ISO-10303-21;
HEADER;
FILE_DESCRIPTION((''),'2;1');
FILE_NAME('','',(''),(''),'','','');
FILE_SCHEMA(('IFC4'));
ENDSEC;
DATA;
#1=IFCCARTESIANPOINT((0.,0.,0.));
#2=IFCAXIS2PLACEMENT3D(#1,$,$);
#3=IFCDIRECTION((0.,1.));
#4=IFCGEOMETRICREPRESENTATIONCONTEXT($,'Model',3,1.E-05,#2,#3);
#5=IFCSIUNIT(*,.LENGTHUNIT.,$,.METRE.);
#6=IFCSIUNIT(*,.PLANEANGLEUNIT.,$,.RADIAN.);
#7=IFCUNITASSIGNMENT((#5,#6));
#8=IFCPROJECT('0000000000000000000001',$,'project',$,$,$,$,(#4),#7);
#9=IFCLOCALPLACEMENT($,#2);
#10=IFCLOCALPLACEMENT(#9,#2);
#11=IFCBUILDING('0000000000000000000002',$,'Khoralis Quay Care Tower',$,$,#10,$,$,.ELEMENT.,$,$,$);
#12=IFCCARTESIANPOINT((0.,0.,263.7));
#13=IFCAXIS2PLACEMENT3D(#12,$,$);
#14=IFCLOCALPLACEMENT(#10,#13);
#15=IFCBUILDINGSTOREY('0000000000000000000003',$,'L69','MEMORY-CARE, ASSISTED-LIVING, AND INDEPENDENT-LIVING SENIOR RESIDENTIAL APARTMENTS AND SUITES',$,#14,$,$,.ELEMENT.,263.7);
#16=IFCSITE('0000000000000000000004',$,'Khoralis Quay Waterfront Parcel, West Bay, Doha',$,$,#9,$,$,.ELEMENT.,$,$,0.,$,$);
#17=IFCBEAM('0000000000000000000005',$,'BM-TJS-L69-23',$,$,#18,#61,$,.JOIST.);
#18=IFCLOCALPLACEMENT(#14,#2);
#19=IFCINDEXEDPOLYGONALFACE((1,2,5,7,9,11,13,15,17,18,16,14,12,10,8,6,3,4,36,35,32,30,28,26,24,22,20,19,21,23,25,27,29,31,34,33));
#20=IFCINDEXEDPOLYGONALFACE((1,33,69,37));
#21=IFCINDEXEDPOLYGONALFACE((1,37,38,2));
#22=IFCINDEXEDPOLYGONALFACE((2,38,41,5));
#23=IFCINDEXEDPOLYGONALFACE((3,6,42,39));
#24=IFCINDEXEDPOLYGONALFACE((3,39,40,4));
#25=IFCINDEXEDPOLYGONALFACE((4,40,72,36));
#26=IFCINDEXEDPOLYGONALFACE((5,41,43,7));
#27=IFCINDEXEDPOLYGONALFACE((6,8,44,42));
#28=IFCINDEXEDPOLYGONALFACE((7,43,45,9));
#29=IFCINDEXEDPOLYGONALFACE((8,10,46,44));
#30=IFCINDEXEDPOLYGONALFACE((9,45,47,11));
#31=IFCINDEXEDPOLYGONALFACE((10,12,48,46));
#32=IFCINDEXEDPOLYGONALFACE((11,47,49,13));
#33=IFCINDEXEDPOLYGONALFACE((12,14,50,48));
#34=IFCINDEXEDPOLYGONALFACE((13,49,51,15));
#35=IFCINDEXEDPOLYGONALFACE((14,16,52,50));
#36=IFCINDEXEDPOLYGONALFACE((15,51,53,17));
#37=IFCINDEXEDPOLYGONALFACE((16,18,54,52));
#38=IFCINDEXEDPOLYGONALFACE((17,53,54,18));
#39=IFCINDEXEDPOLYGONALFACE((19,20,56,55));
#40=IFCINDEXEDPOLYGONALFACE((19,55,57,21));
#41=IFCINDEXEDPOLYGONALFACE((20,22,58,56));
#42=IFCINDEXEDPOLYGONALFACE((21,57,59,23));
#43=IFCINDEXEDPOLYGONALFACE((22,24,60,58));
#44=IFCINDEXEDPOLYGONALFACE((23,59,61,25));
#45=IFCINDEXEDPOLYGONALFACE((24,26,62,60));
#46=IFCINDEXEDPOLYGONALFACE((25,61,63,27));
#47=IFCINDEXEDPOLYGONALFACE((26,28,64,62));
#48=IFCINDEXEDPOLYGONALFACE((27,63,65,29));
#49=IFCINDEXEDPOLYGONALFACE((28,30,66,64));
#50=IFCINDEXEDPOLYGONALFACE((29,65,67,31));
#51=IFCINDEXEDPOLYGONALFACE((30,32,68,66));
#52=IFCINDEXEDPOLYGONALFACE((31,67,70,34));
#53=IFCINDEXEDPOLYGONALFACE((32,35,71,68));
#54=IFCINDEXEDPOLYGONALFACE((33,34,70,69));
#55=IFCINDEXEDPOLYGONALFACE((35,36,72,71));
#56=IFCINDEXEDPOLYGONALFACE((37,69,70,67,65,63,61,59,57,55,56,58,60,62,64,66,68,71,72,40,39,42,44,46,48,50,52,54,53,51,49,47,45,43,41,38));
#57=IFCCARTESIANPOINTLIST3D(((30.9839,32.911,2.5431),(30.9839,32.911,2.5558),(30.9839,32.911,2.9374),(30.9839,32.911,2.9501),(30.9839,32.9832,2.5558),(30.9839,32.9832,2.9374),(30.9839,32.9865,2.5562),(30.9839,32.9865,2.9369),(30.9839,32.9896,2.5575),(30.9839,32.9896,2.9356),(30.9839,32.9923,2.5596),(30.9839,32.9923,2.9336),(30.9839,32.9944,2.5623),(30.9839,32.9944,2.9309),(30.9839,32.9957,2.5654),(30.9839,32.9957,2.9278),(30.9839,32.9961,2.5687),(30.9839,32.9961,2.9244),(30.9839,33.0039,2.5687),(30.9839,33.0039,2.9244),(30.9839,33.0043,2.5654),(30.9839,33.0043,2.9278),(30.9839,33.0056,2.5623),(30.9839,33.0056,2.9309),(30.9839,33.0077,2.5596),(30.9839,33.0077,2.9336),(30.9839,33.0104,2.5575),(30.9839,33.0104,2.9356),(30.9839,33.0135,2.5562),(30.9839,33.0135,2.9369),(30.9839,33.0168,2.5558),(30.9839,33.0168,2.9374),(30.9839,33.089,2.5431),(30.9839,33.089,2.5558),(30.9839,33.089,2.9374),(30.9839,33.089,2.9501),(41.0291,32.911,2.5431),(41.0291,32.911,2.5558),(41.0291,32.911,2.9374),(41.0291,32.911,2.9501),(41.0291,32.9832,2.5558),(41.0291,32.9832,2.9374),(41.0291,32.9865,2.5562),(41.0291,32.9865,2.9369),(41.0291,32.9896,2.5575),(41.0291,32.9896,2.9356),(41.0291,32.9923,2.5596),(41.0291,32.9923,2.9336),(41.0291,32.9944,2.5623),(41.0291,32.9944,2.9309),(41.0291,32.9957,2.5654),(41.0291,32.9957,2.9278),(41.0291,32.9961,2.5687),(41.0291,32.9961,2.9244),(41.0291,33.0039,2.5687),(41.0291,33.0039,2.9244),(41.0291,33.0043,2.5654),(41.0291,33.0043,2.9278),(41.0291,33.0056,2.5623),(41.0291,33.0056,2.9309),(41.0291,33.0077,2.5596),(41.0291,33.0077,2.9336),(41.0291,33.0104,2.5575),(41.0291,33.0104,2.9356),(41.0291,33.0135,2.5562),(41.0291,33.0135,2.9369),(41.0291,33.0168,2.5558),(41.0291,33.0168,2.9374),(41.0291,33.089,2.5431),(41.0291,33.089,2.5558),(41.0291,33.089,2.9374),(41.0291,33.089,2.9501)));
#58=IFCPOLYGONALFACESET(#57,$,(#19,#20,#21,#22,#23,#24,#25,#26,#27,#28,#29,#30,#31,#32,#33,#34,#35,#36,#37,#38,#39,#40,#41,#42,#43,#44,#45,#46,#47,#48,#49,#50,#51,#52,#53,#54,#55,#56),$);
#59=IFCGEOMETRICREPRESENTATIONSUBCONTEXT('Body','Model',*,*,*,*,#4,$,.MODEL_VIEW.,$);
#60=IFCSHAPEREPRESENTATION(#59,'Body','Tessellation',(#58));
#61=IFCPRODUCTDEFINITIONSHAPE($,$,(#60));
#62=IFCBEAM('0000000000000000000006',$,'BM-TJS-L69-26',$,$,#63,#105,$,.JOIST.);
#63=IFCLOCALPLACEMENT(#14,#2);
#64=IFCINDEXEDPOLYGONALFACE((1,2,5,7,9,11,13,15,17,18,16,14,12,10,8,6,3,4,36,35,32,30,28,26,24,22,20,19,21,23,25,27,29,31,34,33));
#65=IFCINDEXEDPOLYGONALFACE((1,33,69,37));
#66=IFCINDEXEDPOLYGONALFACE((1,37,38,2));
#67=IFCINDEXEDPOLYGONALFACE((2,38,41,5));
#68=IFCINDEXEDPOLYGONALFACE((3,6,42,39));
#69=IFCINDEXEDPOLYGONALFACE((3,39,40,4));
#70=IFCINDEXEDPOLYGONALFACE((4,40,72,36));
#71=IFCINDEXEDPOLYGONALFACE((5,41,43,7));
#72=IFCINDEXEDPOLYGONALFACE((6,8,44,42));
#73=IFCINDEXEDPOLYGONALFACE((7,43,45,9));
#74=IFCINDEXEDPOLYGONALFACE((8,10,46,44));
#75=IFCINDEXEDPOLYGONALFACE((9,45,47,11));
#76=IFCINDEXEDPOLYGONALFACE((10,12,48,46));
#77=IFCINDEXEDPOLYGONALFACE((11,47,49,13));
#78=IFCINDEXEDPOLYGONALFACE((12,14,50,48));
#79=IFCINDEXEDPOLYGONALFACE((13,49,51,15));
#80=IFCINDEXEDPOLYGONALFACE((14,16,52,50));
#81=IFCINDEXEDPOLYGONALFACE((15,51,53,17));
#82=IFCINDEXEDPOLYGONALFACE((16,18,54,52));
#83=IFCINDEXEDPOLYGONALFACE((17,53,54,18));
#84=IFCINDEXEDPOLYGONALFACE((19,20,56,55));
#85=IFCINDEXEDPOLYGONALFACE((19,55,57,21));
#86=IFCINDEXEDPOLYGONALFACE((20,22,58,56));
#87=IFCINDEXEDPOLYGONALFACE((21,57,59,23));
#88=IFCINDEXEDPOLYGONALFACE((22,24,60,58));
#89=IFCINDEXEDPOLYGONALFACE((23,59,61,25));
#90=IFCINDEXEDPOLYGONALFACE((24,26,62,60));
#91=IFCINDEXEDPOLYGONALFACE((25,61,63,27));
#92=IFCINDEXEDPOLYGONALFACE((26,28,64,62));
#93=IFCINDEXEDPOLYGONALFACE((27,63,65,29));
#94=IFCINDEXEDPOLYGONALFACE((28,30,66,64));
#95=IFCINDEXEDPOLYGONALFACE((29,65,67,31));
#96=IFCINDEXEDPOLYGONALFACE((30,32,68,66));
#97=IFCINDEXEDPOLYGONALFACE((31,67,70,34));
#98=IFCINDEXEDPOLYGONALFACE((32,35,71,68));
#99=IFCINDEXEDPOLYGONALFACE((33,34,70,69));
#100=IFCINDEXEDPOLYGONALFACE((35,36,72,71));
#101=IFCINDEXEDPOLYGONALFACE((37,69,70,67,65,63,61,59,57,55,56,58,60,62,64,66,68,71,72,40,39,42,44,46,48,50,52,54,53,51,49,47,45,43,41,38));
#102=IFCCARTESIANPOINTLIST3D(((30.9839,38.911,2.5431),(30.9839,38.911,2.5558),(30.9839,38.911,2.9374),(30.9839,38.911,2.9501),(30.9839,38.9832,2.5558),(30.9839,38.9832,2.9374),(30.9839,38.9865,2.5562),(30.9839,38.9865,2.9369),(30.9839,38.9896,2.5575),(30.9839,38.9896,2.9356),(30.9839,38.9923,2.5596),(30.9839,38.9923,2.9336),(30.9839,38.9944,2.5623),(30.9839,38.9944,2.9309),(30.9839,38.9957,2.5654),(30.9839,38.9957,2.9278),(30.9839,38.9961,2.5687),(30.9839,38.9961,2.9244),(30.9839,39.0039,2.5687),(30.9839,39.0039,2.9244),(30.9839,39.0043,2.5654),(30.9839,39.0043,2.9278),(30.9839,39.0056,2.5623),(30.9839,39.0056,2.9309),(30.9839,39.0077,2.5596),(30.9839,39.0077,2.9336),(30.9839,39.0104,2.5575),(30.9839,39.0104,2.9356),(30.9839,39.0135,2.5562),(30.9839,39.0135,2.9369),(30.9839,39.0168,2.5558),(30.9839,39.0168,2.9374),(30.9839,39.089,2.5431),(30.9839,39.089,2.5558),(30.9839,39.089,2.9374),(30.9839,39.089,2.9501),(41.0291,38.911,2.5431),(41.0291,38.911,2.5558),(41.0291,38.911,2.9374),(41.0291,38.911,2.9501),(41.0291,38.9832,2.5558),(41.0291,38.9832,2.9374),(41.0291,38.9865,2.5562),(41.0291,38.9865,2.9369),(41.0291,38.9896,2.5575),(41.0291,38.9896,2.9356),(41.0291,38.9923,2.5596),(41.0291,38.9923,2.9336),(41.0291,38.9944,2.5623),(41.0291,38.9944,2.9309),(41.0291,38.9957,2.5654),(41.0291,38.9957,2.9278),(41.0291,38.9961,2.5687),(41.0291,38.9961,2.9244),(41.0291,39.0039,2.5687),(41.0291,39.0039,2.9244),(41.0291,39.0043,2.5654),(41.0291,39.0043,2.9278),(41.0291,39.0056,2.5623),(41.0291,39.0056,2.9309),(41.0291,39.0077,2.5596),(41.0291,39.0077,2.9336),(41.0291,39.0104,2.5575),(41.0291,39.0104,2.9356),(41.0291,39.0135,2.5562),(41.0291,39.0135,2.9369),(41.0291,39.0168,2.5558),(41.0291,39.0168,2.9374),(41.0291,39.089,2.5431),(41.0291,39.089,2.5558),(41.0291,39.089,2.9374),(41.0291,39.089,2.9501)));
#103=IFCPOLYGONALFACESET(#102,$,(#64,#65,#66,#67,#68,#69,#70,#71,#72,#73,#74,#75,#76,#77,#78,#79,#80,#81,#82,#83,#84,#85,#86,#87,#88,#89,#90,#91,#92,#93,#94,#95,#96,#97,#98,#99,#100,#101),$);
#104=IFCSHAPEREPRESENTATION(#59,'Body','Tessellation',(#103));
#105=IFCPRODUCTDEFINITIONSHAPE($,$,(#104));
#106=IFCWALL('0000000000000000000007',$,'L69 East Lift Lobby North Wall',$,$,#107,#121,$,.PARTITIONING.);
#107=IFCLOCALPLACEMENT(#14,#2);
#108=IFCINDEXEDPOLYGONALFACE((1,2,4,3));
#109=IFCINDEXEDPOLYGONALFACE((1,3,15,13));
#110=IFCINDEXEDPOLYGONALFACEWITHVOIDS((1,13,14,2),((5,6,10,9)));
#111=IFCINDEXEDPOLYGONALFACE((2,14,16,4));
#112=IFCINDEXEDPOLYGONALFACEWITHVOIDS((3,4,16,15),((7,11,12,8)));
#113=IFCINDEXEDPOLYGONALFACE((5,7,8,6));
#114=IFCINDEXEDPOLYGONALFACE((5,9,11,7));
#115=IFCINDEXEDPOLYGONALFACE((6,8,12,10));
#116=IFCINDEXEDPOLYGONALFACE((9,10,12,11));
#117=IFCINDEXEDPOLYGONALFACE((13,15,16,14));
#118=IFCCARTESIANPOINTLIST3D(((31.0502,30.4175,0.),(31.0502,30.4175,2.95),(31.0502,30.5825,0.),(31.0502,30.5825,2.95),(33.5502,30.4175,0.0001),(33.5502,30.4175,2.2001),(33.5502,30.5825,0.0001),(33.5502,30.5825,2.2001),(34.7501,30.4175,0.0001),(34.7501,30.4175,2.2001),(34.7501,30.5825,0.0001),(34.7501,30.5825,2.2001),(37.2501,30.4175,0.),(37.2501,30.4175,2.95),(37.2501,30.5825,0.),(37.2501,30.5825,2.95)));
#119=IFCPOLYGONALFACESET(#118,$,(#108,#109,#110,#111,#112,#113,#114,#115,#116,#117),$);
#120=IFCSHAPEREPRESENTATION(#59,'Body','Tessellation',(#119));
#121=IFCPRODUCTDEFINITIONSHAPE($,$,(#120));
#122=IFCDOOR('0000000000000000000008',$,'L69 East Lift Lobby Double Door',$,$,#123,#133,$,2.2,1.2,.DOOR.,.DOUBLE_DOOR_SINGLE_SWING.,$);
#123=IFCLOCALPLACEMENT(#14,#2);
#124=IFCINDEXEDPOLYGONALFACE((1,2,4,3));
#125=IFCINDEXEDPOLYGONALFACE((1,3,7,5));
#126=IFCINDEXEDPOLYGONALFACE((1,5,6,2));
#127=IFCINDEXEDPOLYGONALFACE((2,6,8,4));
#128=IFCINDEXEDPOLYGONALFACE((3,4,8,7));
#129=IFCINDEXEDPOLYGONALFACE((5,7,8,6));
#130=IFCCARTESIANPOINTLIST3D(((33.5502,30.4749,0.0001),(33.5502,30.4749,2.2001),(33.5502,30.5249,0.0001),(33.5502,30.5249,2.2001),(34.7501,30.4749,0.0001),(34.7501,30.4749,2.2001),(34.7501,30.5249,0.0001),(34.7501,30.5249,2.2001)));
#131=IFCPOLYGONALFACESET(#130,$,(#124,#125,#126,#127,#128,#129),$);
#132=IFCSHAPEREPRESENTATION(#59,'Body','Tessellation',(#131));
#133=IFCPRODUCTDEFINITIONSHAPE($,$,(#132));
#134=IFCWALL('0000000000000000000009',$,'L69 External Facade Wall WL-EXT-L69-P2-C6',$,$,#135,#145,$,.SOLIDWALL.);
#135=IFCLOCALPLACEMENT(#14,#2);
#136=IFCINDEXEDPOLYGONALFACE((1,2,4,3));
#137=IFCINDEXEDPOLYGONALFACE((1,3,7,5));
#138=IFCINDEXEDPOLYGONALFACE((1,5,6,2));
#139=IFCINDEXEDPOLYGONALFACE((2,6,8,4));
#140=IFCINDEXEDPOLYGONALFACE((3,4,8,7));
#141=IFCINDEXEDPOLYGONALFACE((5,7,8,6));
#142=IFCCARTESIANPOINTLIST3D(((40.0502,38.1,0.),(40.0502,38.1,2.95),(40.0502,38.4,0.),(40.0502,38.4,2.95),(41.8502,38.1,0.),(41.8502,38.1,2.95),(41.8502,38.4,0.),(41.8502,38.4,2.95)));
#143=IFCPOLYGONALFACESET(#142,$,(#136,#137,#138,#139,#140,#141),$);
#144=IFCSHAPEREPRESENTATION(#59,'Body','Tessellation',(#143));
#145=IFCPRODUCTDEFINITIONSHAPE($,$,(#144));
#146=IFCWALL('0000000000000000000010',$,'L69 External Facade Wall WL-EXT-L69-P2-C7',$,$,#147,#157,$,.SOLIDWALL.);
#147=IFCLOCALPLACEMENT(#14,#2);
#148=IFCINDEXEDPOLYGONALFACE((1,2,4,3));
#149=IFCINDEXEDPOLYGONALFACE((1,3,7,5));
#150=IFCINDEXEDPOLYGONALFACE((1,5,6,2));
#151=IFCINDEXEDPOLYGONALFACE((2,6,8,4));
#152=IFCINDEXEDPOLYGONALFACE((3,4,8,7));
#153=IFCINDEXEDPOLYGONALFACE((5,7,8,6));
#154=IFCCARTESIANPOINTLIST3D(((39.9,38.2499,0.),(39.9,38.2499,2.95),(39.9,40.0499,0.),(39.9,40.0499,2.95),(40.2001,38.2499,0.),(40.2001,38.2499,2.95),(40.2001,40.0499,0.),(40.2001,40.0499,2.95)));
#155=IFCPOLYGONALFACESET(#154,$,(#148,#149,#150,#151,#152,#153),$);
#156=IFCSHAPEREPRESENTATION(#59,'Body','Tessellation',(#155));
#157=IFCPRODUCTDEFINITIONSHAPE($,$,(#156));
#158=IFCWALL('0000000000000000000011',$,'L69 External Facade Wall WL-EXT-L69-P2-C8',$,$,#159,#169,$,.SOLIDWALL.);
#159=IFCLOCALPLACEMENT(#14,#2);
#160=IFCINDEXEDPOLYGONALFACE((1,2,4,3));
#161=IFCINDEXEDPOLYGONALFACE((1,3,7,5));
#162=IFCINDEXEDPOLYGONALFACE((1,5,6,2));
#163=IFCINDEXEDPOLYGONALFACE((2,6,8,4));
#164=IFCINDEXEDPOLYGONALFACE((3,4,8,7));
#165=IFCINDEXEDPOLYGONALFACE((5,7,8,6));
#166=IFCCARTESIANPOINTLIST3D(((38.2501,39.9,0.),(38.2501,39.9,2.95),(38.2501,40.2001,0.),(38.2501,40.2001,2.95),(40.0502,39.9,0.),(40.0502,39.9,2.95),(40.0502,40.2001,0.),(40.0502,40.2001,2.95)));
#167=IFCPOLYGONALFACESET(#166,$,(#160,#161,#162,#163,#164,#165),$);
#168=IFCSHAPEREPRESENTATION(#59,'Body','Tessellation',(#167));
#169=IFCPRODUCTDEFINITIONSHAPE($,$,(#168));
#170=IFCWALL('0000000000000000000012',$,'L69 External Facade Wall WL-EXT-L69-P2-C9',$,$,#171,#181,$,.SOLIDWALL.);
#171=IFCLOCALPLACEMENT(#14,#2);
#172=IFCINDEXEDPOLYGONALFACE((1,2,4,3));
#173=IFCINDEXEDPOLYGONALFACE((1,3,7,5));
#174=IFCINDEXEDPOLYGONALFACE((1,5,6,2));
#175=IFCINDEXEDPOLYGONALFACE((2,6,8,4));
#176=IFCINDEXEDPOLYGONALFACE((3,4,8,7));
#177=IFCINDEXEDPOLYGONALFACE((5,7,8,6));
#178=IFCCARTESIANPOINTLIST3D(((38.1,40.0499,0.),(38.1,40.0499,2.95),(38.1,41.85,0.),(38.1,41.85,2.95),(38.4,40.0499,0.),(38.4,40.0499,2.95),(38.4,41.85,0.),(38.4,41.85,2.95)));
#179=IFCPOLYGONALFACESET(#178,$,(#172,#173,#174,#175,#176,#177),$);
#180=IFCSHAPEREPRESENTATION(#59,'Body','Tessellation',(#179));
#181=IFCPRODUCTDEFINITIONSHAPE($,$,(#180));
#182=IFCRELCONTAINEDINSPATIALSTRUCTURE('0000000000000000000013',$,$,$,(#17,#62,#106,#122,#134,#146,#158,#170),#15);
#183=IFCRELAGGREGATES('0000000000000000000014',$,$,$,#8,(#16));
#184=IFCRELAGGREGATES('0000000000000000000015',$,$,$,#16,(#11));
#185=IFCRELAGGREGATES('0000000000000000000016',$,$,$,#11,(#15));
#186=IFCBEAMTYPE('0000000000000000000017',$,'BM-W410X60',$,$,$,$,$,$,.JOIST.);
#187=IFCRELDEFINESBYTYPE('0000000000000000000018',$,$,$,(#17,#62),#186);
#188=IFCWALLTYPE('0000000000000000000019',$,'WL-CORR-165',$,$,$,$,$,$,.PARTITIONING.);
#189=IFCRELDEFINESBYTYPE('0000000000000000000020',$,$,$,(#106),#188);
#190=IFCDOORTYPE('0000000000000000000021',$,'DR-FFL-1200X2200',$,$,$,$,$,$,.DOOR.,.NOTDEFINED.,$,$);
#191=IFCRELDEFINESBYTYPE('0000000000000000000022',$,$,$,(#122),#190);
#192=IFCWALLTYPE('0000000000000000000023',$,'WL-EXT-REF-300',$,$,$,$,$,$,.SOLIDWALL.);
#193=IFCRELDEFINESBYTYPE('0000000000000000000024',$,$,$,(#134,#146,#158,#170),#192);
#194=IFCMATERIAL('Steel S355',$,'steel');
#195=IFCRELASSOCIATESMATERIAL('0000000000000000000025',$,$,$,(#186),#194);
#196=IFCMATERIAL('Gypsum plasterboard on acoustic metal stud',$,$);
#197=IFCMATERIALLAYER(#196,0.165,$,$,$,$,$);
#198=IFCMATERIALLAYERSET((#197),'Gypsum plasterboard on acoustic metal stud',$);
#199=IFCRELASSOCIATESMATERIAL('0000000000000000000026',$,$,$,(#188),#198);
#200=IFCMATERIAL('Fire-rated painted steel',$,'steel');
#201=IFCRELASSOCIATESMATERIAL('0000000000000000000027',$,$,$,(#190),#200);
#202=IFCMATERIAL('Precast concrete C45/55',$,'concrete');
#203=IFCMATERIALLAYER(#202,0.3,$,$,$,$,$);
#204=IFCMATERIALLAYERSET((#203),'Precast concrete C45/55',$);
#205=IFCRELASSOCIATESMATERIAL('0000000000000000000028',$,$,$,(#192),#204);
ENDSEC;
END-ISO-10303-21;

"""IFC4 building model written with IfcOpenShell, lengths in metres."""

from ifc_helpers import new_model, si_unit, direction, frame, frame_2d, origin, origin_2d, place, context, subcontext, project, spatial, rectangle, i_section, extrude, source, transform, mapped, material, layer, layer_set, material_profile, profile_set, type_object, element, fill, save


model = new_model("IFC4")

# Units and contexts
model_context = context("Model", 3, precision=1e-05, world=origin(), true_north=direction((0.0, 1.0)))
body_context = subcontext(model_context, "Body", "Model", "MODEL_VIEW")
ifc_project = project(units=[si_unit("LENGTHUNIT", "METRE"), si_unit("PLANEANGLEUNIT", "RADIAN")], contexts=[model_context])

# Site, building, storey
site_placement = place(None, origin())
site = spatial("IfcSite", under=ifc_project, at=site_placement, Name="Khoralis Quay Waterfront Parcel, West Bay, Doha", CompositionType="ELEMENT", RefElevation=0.0)
building_placement = place(site_placement, origin())
building = spatial("IfcBuilding", under=site, at=building_placement, Name="Khoralis Quay Care Tower", CompositionType="ELEMENT")
storey_placement = place(building_placement, frame((0.0, 0.0, 263.7)))
storey = spatial("IfcBuildingStorey", under=building, at=storey_placement, Name="L69", Description="MEMORY-CARE, ASSISTED-LIVING, AND INDEPENDENT-LIVING SENIOR RESIDENTIAL APARTMENTS AND SUITES", CompositionType="ELEMENT", Elevation=263.7)

# Beams
ifc_material_1 = material(Name="Steel S355", Category="steel")
ifc_material_profile_1 = material_profile(ifc_material_1, i_section(OverallWidth=0.178, OverallDepth=0.407, WebThickness=0.0078, FlangeThickness=0.0127, FilletRadius=0.0129, at=origin_2d()), Name="Steel S355")
ifc_profile_set_1 = profile_set([ifc_material_profile_1], Name="Steel S355")
beam_type_1 = type_object("IfcBeamType", Name="BM-W410X60", PredefinedType="JOIST", material=ifc_profile_set_1)
shared_shape_1 = source(origin(), body_context, "Body", "SweptSolid", [
    extrude(i_section(OverallWidth=0.178, OverallDepth=0.407, WebThickness=0.0078, FlangeThickness=0.0127, FilletRadius=0.0129, at=origin_2d()), origin(), (0.0, 0.0, 1.0), 10.0452),
])
for number, where, z_axis, x_axis, name in (
    (1, (30.9839, 33.0, 2.7466), (1.0, 0.0, 0.0), (0.0, 1.0, 0.0), "BM-TJS-L69-23"),
    (2, (30.9839, 39.0, 2.7466), (1.0, 0.0, 0.0), (0.0, 1.0, 0.0), "BM-TJS-L69-26"),
):
    element("IfcBeam", number, at=place(storey_placement, frame(where, z_axis=z_axis, x_axis=x_axis)), inside=storey, type_object=beam_type_1, Name=name, PredefinedType="JOIST", context=body_context, shape_type="MappedRepresentation", body=[
        mapped(shared_shape_1, transform((0.0, 0.0, 0.0), scale=1.0)),
    ])

# Wall, opening, door
ifc_material_2 = material(Name="Gypsum plasterboard on acoustic metal stud")
ifc_layer_1 = layer(ifc_material_2, 0.165)
ifc_layer_set_1 = layer_set([ifc_layer_1], Name="Gypsum plasterboard on acoustic metal stud")
wall_type_1 = type_object("IfcWallType", Name="WL-CORR-165", PredefinedType="PARTITIONING", material=ifc_layer_set_1)
wall_1_placement = place(storey_placement, frame((31.05, 30.5, 0.0), z_axis=(0.0, 0.0, 1.0), x_axis=(1.0, 0.0, 0.0)))
wall_1 = element("IfcWall", 3, at=wall_1_placement, inside=storey, type_object=wall_type_1, Name="L69 East Lift Lobby North Wall", PredefinedType="PARTITIONING", context=body_context, shape_type="SweptSolid", body=[
    extrude(rectangle(XDim=6.2, YDim=0.165, at=frame_2d((3.1001, 0.0))), origin(), (0.0, 0.0, 1.0), 2.95),
])
opening_1_placement = place(wall_1_placement, frame((2.5, 0.0, 0.0)))
opening_1 = element("IfcOpeningElement", 4, at=opening_1_placement, cuts=wall_1, PredefinedType="OPENING", context=body_context, shape_type="SweptSolid", body=[
    extrude(rectangle(XDim=1.2, YDim=2.2, at=frame_2d((0.6001, 1.1001))), frame((0.0, 0.0925, 0.0), z_axis=(0.0, -1.0, 0.0), x_axis=(1.0, 0.0, 0.0)), (0.0, 0.0, 1.0), 0.1851),
])
ifc_material_3 = material(Name="Fire-rated painted steel", Category="steel")
door_type = type_object("IfcDoorType", Name="DR-FFL-1200X2200", OperationType="NOTDEFINED", PredefinedType="DOOR", material=ifc_material_3)
shared_shape_2 = source(origin(), body_context, "Body", "SweptSolid", [
    extrude(rectangle(XDim=1.2, YDim=2.2, at=frame_2d((0.6001, 1.1001))), frame((0.0, 0.0249, 0.0), z_axis=(0.0, -1.0, 0.0), x_axis=(1.0, 0.0, 0.0)), (0.0, 0.0, 1.0), 0.05),
])
door_placement = place(opening_1_placement, origin())
door = element("IfcDoor", 5, at=door_placement, inside=storey, type_object=door_type, Name="L69 East Lift Lobby Double Door", OperationType="DOUBLE_DOOR_SINGLE_SWING", OverallHeight=2.2, OverallWidth=1.2, PredefinedType="DOOR", context=body_context, shape_type="MappedRepresentation", body=[
    mapped(shared_shape_2, transform((0.0, 0.0, 0.0), scale=1.0)),
])
fill(opening_1, door)

# Walls
ifc_material_4 = material(Name="Precast concrete C45/55", Category="concrete")
ifc_layer_2 = layer(ifc_material_4, 0.3)
ifc_layer_set_2 = layer_set([ifc_layer_2], Name="Precast concrete C45/55")
wall_type_2 = type_object("IfcWallType", Name="WL-EXT-REF-300", PredefinedType="SOLIDWALL", material=ifc_layer_set_2)
for number, where, z_axis, x_axis, name in (
    (6, (41.8501, 38.25, 0.0), (0.0, 0.0, 1.0), (-1.0, 0.0, 0.0), "L69 External Facade Wall WL-EXT-L69-P2-C6"),
    (7, (40.05, 38.25, 0.0), (0.0, 0.0, 1.0), (0.0, 1.0, 0.0), "L69 External Facade Wall WL-EXT-L69-P2-C7"),
    (8, (40.05, 40.05, 0.0), (0.0, 0.0, 1.0), (-1.0, 0.0, 0.0), "L69 External Facade Wall WL-EXT-L69-P2-C8"),
    (9, (38.25, 40.05, 0.0), (0.0, 0.0, 1.0), (0.0, 1.0, 0.0), "L69 External Facade Wall WL-EXT-L69-P2-C9"),
):
    element("IfcWall", number, at=place(storey_placement, frame(where, z_axis=z_axis, x_axis=x_axis)), inside=storey, type_object=wall_type_2, Name=name, PredefinedType="SOLIDWALL", context=body_context, shape_type="SweptSolid", body=[
        extrude(rectangle(XDim=1.8, YDim=0.3, at=frame_2d((0.8999, 0.0))), origin(), (0.0, 0.0, 1.0), 2.95),
    ])

save(model, "model.ifc")
